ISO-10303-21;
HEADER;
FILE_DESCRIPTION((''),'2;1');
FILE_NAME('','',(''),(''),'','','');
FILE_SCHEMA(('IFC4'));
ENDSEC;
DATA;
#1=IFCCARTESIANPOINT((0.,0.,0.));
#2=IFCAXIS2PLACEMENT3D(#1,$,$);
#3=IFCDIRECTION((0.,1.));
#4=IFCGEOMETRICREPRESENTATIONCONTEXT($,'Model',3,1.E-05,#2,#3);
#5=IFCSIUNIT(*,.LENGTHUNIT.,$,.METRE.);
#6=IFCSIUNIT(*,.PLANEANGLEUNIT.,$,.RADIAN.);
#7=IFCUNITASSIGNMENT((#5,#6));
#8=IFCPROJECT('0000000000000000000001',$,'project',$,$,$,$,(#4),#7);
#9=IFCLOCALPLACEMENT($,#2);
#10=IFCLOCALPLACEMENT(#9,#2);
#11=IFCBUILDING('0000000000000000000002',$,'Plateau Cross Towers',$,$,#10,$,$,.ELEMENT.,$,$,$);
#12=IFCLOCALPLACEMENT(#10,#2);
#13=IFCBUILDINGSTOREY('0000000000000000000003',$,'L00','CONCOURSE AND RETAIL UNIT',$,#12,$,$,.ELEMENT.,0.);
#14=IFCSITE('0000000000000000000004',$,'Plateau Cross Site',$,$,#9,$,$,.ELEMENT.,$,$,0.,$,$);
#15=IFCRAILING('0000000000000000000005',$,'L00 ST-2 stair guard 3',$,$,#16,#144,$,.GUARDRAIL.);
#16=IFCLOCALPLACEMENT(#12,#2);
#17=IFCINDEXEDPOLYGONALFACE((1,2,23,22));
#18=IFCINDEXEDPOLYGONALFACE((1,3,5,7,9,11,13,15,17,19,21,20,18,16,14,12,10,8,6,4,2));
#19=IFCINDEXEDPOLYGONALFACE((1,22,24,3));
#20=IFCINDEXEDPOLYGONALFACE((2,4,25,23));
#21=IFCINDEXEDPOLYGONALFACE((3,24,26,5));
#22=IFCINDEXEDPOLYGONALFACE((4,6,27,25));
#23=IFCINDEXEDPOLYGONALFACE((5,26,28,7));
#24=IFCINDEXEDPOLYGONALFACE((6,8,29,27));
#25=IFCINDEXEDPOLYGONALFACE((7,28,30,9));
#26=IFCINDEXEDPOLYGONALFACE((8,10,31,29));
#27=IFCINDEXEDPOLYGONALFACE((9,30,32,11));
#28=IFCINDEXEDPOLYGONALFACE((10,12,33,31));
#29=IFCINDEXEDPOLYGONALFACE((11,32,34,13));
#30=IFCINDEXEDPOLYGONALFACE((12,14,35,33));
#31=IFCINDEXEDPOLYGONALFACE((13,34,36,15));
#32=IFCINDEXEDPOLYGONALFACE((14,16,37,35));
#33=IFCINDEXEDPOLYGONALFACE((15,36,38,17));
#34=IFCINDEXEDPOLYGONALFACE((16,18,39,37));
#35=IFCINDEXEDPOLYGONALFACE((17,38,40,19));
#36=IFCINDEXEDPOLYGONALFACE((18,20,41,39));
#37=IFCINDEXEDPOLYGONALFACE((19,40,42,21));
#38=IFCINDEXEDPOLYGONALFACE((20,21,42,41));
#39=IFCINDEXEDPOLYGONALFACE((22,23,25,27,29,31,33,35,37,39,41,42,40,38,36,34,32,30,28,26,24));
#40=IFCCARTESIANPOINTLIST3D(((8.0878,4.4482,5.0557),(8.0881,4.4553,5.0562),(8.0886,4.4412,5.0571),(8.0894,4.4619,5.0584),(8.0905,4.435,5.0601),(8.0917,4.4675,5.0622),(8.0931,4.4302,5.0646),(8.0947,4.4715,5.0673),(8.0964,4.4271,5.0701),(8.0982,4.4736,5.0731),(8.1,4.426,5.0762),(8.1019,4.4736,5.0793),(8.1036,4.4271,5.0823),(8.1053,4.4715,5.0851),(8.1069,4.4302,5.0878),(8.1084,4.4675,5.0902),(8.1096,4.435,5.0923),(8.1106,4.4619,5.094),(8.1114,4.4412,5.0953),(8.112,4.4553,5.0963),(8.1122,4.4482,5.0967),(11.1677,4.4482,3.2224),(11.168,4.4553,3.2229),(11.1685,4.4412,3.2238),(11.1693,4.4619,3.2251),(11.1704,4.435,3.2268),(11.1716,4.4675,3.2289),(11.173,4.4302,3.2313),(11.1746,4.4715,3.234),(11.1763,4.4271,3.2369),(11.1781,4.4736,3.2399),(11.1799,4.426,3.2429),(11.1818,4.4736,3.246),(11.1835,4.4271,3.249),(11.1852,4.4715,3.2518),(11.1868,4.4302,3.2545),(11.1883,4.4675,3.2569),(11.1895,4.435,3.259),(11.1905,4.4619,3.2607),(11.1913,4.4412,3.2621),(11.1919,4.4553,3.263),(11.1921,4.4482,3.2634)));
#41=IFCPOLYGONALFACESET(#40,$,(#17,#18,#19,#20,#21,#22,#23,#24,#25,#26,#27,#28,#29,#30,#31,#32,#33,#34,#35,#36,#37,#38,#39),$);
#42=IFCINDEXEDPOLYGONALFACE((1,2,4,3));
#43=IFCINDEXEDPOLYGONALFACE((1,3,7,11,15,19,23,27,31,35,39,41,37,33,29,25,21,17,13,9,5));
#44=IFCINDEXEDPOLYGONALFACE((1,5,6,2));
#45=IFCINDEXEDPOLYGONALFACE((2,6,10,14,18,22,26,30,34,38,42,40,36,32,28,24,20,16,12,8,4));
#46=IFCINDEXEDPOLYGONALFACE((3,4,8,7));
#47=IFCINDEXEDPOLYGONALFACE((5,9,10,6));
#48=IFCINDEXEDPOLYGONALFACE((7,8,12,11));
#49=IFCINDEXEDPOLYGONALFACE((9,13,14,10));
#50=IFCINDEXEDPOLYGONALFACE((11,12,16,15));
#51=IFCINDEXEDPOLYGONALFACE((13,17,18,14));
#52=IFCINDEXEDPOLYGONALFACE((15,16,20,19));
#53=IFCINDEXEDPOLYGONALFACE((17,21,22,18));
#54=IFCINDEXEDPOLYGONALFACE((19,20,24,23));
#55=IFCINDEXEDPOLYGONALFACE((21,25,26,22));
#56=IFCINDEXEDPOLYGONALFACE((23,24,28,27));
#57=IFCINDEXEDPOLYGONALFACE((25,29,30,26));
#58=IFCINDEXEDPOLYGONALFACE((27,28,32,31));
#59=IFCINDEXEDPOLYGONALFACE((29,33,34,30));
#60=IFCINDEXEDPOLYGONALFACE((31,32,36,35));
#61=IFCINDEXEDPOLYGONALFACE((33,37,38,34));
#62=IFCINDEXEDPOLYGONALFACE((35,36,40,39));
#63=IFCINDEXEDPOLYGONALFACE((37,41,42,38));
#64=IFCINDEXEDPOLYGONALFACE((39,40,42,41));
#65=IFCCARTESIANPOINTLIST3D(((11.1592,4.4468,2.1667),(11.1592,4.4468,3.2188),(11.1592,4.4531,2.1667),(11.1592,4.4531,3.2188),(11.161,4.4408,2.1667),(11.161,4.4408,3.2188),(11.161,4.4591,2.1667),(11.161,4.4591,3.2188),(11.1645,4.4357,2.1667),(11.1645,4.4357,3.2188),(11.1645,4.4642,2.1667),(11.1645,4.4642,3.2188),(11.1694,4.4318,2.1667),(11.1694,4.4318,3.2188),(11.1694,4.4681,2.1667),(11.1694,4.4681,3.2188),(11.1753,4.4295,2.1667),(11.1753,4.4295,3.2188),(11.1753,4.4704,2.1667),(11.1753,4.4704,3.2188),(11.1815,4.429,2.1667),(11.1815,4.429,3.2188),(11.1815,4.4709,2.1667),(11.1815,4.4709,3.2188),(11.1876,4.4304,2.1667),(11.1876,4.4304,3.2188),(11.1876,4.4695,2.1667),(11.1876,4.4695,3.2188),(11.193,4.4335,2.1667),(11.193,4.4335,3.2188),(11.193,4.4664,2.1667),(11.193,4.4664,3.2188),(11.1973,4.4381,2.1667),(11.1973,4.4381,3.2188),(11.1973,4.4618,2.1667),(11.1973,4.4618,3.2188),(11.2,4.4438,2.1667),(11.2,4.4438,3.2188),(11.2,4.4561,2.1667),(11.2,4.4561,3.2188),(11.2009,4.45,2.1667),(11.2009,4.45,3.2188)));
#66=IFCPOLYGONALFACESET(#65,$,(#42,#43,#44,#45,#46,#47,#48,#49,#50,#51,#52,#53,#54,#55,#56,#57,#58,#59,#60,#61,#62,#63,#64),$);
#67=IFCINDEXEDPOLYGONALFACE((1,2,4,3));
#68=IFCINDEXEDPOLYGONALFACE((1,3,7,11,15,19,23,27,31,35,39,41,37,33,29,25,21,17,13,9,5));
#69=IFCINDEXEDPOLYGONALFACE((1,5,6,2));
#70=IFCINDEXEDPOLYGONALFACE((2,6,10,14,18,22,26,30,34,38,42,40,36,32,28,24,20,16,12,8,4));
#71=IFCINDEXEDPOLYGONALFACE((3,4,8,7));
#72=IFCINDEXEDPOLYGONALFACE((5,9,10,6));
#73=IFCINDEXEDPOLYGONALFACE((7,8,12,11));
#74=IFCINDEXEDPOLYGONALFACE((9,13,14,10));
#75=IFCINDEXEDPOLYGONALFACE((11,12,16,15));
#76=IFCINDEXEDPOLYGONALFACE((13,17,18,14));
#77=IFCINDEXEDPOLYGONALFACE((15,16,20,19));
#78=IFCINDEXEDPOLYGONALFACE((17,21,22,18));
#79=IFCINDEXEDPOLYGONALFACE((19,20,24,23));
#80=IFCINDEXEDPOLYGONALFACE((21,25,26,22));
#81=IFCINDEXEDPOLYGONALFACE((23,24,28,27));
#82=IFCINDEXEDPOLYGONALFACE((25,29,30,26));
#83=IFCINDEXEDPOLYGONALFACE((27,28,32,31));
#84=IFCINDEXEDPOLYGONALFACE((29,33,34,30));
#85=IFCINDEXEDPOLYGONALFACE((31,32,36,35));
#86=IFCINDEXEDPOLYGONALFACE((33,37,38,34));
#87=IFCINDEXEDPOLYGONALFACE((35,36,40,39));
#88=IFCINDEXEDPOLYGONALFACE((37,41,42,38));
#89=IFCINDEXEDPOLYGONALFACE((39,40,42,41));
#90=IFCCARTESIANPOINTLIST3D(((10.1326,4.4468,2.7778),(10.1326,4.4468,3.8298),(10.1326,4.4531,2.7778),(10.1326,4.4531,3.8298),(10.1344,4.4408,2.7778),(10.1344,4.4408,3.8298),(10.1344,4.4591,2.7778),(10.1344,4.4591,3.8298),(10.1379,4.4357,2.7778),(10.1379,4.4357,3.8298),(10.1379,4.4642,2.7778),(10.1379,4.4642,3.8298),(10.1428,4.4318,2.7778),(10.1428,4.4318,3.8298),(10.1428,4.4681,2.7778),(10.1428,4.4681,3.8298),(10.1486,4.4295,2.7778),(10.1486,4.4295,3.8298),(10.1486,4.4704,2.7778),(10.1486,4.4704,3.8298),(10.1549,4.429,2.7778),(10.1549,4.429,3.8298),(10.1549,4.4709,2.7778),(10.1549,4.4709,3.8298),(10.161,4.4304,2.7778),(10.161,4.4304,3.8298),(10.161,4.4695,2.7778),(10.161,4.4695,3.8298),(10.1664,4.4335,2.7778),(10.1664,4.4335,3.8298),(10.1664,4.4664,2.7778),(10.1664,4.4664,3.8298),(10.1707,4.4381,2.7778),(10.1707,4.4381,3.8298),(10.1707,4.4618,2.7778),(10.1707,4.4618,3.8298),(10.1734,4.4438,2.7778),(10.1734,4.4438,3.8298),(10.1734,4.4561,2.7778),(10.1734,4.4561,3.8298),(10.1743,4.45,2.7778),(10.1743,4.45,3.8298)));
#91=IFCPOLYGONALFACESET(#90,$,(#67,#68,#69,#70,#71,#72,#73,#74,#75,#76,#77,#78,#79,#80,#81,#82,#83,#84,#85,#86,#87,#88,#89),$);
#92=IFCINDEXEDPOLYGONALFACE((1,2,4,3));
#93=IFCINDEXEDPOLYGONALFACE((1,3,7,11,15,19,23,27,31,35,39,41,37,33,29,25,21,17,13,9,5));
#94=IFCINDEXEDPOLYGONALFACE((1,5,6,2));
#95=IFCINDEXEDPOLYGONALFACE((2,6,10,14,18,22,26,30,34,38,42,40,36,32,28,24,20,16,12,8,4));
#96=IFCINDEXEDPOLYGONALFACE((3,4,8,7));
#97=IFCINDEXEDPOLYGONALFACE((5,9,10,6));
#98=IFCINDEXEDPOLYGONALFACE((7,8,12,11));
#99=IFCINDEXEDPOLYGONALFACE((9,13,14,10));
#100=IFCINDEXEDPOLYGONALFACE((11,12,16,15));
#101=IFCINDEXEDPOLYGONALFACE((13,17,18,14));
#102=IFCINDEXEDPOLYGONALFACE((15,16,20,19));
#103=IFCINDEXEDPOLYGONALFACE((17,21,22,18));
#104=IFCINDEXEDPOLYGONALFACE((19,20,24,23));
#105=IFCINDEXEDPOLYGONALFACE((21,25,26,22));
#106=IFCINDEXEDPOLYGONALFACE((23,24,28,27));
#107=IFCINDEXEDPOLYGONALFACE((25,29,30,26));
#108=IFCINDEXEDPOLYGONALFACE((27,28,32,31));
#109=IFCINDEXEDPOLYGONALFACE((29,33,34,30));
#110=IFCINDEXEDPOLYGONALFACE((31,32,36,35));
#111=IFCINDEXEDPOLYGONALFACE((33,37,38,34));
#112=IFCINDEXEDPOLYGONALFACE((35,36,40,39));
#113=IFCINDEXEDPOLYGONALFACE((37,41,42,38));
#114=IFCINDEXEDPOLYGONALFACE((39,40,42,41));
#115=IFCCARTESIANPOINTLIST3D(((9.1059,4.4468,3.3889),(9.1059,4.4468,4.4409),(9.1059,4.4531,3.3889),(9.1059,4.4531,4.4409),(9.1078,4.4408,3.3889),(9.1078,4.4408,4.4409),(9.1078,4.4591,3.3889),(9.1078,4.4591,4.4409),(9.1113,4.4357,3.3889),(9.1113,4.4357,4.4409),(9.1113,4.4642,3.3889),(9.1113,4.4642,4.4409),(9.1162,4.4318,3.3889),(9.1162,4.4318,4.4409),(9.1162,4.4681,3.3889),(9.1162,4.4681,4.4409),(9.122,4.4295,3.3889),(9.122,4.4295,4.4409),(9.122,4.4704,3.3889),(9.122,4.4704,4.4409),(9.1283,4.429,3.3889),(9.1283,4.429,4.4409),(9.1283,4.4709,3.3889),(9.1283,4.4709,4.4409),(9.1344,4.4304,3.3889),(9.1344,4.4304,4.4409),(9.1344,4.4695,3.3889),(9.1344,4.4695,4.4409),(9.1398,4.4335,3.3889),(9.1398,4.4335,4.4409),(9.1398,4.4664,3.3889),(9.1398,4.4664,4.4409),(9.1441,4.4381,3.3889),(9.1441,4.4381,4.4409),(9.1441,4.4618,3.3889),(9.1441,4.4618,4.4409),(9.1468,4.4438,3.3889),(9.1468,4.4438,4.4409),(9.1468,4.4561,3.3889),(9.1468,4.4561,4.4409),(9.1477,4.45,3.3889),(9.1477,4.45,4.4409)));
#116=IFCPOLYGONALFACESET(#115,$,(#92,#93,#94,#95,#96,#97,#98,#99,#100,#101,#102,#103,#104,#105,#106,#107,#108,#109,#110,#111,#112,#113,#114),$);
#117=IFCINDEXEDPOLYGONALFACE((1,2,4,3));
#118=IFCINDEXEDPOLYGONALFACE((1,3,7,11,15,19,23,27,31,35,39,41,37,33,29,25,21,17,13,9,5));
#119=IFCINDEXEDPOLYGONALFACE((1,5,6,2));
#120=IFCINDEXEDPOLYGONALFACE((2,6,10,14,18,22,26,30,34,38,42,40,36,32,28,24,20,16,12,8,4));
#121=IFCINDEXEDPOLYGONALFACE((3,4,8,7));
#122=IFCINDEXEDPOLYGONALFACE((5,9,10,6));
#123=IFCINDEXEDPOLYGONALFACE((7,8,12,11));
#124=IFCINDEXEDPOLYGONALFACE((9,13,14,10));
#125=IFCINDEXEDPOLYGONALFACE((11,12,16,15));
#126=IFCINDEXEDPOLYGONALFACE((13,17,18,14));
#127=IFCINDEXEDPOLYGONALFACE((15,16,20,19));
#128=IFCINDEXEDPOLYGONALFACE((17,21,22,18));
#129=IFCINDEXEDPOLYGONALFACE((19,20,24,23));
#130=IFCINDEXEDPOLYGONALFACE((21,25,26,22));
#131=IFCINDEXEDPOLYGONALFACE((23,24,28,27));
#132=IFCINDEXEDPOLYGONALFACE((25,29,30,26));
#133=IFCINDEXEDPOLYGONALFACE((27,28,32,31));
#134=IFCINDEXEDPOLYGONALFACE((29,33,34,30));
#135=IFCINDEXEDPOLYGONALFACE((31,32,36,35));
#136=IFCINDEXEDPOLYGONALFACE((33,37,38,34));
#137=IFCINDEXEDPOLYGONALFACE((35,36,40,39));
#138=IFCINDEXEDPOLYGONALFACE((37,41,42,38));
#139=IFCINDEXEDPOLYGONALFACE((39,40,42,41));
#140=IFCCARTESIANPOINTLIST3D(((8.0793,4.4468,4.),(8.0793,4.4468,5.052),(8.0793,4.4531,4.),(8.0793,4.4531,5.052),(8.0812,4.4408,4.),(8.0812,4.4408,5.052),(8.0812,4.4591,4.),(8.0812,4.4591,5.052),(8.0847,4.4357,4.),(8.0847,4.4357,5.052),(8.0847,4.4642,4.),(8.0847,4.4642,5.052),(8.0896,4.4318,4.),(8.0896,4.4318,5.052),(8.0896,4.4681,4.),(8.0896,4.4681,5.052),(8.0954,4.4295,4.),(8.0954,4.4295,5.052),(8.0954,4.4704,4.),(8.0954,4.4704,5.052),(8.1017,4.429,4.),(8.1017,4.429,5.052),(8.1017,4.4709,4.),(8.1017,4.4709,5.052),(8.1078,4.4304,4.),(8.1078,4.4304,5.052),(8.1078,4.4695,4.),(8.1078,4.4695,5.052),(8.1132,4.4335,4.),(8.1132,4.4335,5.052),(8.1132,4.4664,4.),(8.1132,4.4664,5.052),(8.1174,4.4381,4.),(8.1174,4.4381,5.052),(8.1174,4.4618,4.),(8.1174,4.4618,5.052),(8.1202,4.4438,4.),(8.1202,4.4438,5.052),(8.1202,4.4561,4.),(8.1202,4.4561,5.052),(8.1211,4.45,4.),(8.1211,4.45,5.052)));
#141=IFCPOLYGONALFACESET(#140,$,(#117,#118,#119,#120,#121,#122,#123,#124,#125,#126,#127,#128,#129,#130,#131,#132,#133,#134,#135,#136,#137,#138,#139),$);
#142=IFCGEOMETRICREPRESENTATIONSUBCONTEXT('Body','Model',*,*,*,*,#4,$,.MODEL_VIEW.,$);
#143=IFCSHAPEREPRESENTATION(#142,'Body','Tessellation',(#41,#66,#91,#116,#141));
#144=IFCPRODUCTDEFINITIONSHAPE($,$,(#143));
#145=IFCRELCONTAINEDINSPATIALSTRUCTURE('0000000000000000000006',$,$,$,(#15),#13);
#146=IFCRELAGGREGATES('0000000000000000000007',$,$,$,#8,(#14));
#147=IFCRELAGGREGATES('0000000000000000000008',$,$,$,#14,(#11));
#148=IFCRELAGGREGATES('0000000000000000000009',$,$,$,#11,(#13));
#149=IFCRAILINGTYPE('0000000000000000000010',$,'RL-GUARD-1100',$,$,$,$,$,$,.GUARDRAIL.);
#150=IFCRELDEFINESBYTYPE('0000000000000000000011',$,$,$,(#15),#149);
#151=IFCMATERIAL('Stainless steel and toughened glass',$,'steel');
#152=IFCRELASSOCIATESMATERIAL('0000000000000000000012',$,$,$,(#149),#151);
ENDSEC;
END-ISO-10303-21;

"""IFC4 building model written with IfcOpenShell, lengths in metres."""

from ifc_helpers import new_model, si_unit, direction, frame, origin, origin_2d, place, context, subcontext, project, spatial, circle, extrude, material, type_object, element, save


model = new_model("IFC4")

# Units and contexts
model_context = context("Model", 3, precision=1e-05, world=origin(), true_north=direction((0.0, 1.0)))
body_context = subcontext(model_context, "Body", "Model", "MODEL_VIEW")
ifc_project = project(units=[si_unit("LENGTHUNIT", "METRE"), si_unit("PLANEANGLEUNIT", "RADIAN")], contexts=[model_context])

# Site, building, storey
site_placement = place(None, origin())
site = spatial("IfcSite", under=ifc_project, at=site_placement, Name="Plateau Cross Site", CompositionType="ELEMENT", RefElevation=0.0)
building_placement = place(site_placement, origin())
building = spatial("IfcBuilding", under=site, at=building_placement, Name="Plateau Cross Towers", CompositionType="ELEMENT")
storey_placement = place(building_placement, origin())
storey = spatial("IfcBuildingStorey", under=building, at=storey_placement, Name="L00", Description="CONCOURSE AND RETAIL UNIT", CompositionType="ELEMENT", Elevation=0.0)

# Railing
ifc_material_1 = material(Name="Stainless steel and toughened glass", Category="steel")
railing_type_1 = type_object("IfcRailingType", Name="RL-GUARD-1100", PredefinedType="GUARDRAIL", material=ifc_material_1)
railing_1_placement = place(storey_placement, frame((11.1799, 4.45, 2.1667)))
element("IfcRailing", 1, at=railing_1_placement, inside=storey, type_object=railing_type_1, Name="L00 ST-2 stair guard 3", PredefinedType="GUARDRAIL", context=body_context, shape_type="SweptSolid", body=[
    extrude(circle(Radius=0.0239, at=origin_2d()), frame((0.0, 0.0, 1.0762), z_axis=(-0.859291, 0.0, 0.511487), x_axis=(0.0, -1.0, 0.0)), (0.0, 0.0, 1.0), 3.5842),
    extrude(circle(Radius=0.021, at=origin_2d()), origin(), (0.0, 0.0, 1.0), 1.052),
    extrude(circle(Radius=0.021, at=origin_2d()), frame((-1.0266, 0.0, 0.6111)), (0.0, 0.0, 1.0), 1.052),
    extrude(circle(Radius=0.021, at=origin_2d()), frame((-2.0532, 0.0, 1.2222)), (0.0, 0.0, 1.0), 1.052),
    extrude(circle(Radius=0.021, at=origin_2d()), frame((-3.0798, 0.0, 1.8333)), (0.0, 0.0, 1.0), 1.052),
])

save(model, "model.ifc")
